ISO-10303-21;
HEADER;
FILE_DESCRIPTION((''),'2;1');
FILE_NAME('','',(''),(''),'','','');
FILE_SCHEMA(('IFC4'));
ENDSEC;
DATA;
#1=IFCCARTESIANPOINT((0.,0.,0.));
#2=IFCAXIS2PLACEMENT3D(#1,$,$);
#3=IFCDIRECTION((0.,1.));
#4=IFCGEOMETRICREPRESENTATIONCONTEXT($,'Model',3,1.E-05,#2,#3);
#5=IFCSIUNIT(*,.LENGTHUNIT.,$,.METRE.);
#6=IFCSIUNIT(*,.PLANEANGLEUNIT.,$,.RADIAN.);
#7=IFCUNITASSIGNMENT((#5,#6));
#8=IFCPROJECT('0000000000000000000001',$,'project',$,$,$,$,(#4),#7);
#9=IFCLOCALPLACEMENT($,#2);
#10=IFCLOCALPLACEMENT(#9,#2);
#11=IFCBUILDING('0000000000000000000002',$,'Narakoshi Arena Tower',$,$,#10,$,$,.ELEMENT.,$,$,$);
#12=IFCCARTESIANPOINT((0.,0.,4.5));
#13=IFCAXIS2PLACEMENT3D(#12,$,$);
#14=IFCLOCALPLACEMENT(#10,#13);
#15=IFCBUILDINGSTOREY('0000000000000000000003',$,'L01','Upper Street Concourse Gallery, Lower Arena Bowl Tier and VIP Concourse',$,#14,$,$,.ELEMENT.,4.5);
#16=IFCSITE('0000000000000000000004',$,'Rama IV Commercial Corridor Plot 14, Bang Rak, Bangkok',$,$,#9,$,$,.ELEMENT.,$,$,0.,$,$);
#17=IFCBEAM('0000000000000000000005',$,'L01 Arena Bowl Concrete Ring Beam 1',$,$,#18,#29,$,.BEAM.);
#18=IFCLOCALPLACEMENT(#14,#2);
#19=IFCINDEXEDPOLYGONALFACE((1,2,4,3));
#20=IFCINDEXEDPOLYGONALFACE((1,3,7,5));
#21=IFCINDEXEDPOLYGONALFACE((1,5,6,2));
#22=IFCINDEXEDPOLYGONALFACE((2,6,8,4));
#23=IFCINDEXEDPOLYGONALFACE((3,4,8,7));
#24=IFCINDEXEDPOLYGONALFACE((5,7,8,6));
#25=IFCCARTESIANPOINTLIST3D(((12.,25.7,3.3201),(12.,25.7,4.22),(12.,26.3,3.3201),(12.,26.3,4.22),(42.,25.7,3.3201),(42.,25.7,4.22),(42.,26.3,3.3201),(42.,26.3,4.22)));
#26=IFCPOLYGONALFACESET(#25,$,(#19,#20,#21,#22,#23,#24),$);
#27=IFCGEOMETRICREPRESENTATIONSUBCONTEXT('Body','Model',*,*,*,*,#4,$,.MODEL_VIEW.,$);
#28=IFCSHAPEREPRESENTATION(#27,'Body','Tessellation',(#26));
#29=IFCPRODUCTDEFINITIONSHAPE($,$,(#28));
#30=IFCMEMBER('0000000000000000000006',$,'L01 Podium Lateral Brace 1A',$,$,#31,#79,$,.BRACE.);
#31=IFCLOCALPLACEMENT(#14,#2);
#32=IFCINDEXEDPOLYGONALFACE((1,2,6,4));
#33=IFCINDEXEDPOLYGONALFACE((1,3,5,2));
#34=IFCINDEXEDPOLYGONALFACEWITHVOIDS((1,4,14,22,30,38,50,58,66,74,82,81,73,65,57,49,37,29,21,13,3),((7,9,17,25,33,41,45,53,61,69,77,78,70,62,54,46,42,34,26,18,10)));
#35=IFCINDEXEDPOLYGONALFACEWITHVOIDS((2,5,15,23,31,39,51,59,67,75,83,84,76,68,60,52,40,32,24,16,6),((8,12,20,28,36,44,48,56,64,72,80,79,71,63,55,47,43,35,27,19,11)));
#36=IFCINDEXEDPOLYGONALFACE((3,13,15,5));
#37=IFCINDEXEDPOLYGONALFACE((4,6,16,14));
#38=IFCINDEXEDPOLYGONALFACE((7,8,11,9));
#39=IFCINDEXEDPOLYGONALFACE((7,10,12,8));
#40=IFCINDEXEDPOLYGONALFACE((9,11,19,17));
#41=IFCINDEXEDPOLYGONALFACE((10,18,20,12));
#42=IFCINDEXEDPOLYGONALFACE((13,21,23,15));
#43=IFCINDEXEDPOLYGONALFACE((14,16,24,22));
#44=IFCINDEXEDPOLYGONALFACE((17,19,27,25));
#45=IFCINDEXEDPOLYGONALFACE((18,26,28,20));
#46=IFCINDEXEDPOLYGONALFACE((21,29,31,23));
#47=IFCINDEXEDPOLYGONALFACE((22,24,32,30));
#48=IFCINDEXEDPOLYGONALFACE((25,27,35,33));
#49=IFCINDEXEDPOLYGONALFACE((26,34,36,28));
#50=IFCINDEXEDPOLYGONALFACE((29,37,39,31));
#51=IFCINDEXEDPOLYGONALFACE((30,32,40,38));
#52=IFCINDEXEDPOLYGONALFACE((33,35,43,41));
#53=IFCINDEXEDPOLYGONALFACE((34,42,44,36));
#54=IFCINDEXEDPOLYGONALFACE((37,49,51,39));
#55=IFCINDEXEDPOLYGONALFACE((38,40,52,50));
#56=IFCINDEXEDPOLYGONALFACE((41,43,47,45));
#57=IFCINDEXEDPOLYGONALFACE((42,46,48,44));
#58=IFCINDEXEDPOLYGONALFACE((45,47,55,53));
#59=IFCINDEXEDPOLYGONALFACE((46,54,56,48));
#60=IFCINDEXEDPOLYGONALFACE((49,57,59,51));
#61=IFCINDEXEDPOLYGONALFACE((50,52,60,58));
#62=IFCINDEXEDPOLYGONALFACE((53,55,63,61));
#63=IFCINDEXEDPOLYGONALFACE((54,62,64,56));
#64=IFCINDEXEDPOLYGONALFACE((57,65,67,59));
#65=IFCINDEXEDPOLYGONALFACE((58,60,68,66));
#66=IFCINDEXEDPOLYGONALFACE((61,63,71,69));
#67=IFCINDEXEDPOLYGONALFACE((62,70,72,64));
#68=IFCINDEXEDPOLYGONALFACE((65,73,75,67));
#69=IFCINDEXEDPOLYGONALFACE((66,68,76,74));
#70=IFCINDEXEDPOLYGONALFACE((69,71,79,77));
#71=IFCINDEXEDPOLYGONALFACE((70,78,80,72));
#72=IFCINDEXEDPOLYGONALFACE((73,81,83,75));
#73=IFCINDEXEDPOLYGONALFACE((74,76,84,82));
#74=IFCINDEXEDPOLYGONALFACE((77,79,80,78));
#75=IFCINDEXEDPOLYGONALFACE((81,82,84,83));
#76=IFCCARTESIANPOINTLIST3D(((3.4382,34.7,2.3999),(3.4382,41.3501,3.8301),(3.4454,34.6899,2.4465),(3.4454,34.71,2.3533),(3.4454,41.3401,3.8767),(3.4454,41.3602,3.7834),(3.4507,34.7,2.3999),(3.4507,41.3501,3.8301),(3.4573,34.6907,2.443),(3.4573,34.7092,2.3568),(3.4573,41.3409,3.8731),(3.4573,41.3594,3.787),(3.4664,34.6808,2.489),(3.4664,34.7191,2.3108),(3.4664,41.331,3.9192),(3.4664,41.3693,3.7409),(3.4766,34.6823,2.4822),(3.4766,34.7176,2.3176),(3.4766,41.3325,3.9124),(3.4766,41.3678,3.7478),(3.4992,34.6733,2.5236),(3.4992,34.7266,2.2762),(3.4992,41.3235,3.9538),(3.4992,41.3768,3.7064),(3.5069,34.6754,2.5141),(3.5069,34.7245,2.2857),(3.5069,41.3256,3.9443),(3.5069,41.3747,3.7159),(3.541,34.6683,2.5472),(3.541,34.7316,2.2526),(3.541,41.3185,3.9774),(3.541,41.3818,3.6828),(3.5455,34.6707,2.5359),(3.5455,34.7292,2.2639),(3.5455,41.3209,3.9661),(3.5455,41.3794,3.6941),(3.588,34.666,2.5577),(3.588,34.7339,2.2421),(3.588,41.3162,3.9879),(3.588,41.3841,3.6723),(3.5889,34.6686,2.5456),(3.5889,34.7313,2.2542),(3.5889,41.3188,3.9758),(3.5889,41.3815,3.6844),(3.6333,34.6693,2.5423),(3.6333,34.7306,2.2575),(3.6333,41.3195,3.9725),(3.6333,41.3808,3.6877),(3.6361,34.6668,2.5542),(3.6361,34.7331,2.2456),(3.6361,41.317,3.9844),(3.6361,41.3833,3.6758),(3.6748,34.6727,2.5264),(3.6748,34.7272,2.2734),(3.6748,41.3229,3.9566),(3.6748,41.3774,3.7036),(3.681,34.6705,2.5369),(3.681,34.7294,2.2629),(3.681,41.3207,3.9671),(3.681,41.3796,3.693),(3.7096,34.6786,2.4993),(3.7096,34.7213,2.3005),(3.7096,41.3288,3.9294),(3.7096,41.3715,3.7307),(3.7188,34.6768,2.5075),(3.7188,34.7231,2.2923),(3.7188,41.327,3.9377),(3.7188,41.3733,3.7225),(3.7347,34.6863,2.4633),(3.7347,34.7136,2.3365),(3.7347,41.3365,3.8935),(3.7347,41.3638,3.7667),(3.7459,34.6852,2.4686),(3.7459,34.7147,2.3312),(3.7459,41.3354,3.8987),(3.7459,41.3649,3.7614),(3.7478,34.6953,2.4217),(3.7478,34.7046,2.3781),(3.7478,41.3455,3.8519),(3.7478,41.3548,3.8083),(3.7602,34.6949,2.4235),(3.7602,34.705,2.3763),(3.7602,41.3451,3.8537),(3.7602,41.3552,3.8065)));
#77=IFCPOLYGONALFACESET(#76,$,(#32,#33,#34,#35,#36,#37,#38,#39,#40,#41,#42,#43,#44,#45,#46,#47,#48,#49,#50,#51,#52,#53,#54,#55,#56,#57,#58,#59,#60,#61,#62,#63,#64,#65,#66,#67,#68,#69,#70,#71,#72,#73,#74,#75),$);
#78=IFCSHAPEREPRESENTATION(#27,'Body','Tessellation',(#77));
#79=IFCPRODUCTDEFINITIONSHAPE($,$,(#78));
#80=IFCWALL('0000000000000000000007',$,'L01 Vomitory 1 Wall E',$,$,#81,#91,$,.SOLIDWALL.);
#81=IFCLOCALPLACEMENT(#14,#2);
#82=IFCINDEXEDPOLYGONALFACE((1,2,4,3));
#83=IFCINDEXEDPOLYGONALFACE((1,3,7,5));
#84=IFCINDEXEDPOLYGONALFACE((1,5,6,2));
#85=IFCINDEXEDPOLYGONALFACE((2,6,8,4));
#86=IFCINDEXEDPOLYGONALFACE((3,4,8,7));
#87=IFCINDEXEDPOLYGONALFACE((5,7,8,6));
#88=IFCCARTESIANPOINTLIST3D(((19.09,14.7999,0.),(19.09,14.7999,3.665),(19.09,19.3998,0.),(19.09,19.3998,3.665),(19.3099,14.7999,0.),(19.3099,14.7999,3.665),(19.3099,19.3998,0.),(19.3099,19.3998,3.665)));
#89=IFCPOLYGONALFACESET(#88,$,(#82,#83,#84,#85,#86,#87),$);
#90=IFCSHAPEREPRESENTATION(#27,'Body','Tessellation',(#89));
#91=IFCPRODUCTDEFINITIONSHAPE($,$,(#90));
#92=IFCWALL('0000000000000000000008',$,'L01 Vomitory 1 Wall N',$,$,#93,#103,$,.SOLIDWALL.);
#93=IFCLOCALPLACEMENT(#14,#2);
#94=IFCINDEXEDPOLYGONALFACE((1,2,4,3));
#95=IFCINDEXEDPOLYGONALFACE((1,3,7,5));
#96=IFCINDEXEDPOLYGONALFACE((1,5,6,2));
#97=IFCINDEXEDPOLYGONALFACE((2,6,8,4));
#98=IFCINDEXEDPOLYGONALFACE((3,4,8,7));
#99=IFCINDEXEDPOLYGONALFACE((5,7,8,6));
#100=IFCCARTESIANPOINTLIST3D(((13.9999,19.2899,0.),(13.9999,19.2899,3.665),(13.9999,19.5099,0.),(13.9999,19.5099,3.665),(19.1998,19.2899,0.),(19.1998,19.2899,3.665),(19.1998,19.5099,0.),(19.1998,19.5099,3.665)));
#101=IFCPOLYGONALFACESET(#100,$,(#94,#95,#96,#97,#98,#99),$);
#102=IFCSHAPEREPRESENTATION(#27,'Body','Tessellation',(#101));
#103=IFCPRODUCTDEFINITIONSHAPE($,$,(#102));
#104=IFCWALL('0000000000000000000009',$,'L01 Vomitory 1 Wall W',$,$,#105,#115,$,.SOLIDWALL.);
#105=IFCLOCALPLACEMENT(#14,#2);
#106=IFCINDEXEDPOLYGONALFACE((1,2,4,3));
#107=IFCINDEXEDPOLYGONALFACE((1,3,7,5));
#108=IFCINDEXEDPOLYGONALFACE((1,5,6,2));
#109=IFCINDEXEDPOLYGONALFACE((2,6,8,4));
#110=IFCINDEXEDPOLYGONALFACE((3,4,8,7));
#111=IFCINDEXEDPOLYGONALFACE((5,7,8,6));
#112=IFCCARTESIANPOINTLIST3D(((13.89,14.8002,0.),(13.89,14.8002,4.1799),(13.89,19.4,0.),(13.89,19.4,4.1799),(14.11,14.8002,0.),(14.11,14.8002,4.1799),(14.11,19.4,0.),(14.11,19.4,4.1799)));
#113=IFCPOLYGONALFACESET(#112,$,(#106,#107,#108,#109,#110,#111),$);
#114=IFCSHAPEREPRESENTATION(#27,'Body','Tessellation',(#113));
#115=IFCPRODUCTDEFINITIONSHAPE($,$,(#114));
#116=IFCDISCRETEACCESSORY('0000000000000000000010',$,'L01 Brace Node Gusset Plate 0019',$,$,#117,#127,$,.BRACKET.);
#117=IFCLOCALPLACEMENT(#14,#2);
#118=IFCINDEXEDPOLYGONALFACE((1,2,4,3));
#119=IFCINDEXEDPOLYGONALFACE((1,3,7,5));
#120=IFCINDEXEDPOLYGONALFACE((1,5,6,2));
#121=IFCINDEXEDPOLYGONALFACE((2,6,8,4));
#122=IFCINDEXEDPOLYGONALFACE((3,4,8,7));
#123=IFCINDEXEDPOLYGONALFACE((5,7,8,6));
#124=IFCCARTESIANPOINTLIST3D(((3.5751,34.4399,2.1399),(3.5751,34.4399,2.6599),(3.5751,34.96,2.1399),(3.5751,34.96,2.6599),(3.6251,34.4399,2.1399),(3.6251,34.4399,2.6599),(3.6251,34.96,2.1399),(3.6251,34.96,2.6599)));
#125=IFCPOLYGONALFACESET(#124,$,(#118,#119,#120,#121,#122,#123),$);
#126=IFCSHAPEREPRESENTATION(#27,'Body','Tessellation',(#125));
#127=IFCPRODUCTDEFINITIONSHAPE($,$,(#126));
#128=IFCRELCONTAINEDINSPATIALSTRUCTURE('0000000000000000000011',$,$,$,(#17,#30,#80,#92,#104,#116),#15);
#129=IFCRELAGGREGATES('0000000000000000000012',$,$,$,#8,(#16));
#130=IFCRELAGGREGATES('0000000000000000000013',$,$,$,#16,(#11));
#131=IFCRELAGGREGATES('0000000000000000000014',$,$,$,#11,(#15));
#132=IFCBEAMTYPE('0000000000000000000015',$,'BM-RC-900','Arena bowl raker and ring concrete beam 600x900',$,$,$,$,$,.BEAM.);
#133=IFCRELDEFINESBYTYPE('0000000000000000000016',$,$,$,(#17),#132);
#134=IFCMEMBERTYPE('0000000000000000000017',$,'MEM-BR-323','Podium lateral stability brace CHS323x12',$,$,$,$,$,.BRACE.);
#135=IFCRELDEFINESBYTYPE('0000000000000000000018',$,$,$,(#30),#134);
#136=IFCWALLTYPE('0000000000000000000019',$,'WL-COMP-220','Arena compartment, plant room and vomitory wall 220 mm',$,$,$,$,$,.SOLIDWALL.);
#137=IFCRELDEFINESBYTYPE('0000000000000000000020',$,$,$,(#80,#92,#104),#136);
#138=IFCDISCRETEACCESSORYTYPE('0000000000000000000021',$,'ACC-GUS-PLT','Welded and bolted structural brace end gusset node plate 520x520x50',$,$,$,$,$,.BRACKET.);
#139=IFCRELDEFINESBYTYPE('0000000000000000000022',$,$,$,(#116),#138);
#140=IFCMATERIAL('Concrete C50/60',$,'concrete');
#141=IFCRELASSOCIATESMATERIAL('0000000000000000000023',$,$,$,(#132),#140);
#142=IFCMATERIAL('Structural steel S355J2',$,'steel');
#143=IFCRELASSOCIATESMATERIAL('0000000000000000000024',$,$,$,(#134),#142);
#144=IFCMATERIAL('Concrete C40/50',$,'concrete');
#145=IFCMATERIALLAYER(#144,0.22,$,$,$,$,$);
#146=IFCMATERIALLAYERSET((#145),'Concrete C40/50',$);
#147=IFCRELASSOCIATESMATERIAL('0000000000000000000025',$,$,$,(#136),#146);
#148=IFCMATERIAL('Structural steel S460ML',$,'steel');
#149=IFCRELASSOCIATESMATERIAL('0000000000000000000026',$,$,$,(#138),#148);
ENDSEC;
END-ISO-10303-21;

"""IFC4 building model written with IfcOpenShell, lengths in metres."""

from ifc_helpers import new_model, si_unit, direction, frame, frame_2d, origin, origin_2d, place, context, subcontext, project, spatial, rectangle, hollow_circle, extrude, material, layer, layer_set, material_profile, profile_set, type_object, element, save


model = new_model("IFC4")

# Units and contexts
model_context = context("Model", 3, precision=1e-05, world=origin(), true_north=direction((0.0, 1.0)))
body_context = subcontext(model_context, "Body", "Model", "MODEL_VIEW")
ifc_project = project(units=[si_unit("LENGTHUNIT", "METRE"), si_unit("PLANEANGLEUNIT", "RADIAN")], contexts=[model_context])

# Site, building, storey
site_placement = place(None, origin())
site = spatial("IfcSite", under=ifc_project, at=site_placement, Name="Rama IV Commercial Corridor Plot 14, Bang Rak, Bangkok", CompositionType="ELEMENT", RefElevation=0.0)
building_placement = place(site_placement, origin())
building = spatial("IfcBuilding", under=site, at=building_placement, Name="Narakoshi Arena Tower", CompositionType="ELEMENT")
storey_placement = place(building_placement, frame((0.0, 0.0, 4.5)))
storey = spatial("IfcBuildingStorey", under=building, at=storey_placement, Name="L01", Description="Upper Street Concourse Gallery, Lower Arena Bowl Tier and VIP Concourse", CompositionType="ELEMENT", Elevation=4.5)

# Shared definitions
ifc_material_1 = material(Name="Concrete C50/60", Category="concrete")

# Beam
ifc_material_2 = material(Name="Structural steel S355J2", Category="steel")
ifc_material_profile_1 = material_profile(ifc_material_1, rectangle(XDim=0.6001, YDim=0.8999, at=origin_2d()), Name="RCB600x900")
ifc_profile_set_1 = profile_set([ifc_material_profile_1], Name="Concrete C50/60")
beam_type_1 = type_object("IfcBeamType", Name="BM-RC-900", Description="Arena bowl raker and ring concrete beam 600x900", PredefinedType="BEAM", material=ifc_profile_set_1)
beam_1_placement = place(storey_placement, frame((12.0, 26.0, 3.77), z_axis=(1.0, 0.0, 0.0), x_axis=(0.0, 1.0, 0.0)))
element("IfcBeam", 1, at=beam_1_placement, inside=storey, type_object=beam_type_1, Name="L01 Arena Bowl Concrete Ring Beam 1", PredefinedType="BEAM", context=body_context, shape_type="SweptSolid", body=[
    extrude(rectangle(XDim=0.6001, YDim=0.8999, at=origin_2d()), origin(), (0.0, 0.0, 1.0), 30.0),
])

# Member
ifc_material_profile_2 = material_profile(ifc_material_2, hollow_circle(Radius=0.1619, WallThickness=0.0125, at=origin_2d()), Name="CHS323x12")
ifc_profile_set_2 = profile_set([ifc_material_profile_2], Name="Structural steel S355J2")
member_type = type_object("IfcMemberType", Name="MEM-BR-323", Description="Podium lateral stability brace CHS323x12", PredefinedType="BRACE", material=ifc_profile_set_2)
member_placement = place(storey_placement, frame((3.6001, 34.7, 2.3999), z_axis=(0.0, 0.977647, 0.210252), x_axis=(-1.0, 0.0, 0.0)))
element("IfcMember", 2, at=member_placement, inside=storey, type_object=member_type, Name="L01 Podium Lateral Brace 1A", PredefinedType="BRACE", context=body_context, shape_type="SweptSolid", body=[
    extrude(hollow_circle(Radius=0.1619, WallThickness=0.0125, at=origin_2d()), origin(), (0.0, 0.0, 1.0), 6.8022),
])

# Shared definitions
ifc_material_3 = material(Name="Concrete C40/50", Category="concrete")
ifc_layer = layer(ifc_material_3, 0.22)
ifc_layer_set = layer_set([ifc_layer], Name="Concrete C40/50")
wall_type = type_object("IfcWallType", Name="WL-COMP-220", Description="Arena compartment, plant room and vomitory wall 220 mm", PredefinedType="SOLIDWALL", material=ifc_layer_set)

# Walls
wall_1_placement = place(storey_placement, frame((19.2, 14.8, 0.0), z_axis=(0.0, 0.0, 1.0), x_axis=(0.0, 1.0, 0.0)))
element("IfcWall", 3, at=wall_1_placement, inside=storey, type_object=wall_type, Name="L01 Vomitory 1 Wall E", PredefinedType="SOLIDWALL", context=body_context, shape_type="SweptSolid", body=[
    extrude(rectangle(XDim=4.5999, YDim=0.22, at=frame_2d((2.2998, 0.0))), origin(), (0.0, 0.0, 1.0), 3.665),
])
wall_2_placement = place(storey_placement, frame((19.2, 19.3999, 0.0), z_axis=(0.0, 0.0, 1.0), x_axis=(-1.0, 0.0, 0.0)))
element("IfcWall", 4, at=wall_2_placement, inside=storey, type_object=wall_type, Name="L01 Vomitory 1 Wall N", PredefinedType="SOLIDWALL", context=body_context, shape_type="SweptSolid", body=[
    extrude(rectangle(XDim=5.2, YDim=0.22, at=frame_2d((2.6001, 0.0))), origin(), (0.0, 0.0, 1.0), 3.665),
])
wall_3_placement = place(storey_placement, frame((14.0, 19.3999, 0.0), z_axis=(0.0, 0.0, 1.0), x_axis=(0.0, -1.0, 0.0)))
element("IfcWall", 5, at=wall_3_placement, inside=storey, type_object=wall_type, Name="L01 Vomitory 1 Wall W", PredefinedType="SOLIDWALL", context=body_context, shape_type="SweptSolid", body=[
    extrude(rectangle(XDim=4.5999, YDim=0.22, at=frame_2d((2.2998, 0.0))), origin(), (0.0, 0.0, 1.0), 4.1799),
])

# Discrete accessory
ifc_material_4 = material(Name="Structural steel S460ML", Category="steel")
discrete_accessory_type = type_object("IfcDiscreteAccessoryType", Name="ACC-GUS-PLT", Description="Welded and bolted structural brace end gusset node plate 520x520x50", PredefinedType="BRACKET", material=ifc_material_4)
discrete_accessory_placement = place(storey_placement, frame((3.6001, 34.7, 2.1399), z_axis=(0.0, 0.0, 1.0), x_axis=(0.0, 1.0, 0.0)))
element("IfcDiscreteAccessory", 6, at=discrete_accessory_placement, inside=storey, type_object=discrete_accessory_type, Name="L01 Brace Node Gusset Plate 0019", PredefinedType="BRACKET", context=body_context, shape_type="SweptSolid", body=[
    extrude(rectangle(XDim=0.52, YDim=0.05, at=origin_2d()), origin(), (0.0, 0.0, 1.0), 0.52),
])

save(model, "model.ifc")
